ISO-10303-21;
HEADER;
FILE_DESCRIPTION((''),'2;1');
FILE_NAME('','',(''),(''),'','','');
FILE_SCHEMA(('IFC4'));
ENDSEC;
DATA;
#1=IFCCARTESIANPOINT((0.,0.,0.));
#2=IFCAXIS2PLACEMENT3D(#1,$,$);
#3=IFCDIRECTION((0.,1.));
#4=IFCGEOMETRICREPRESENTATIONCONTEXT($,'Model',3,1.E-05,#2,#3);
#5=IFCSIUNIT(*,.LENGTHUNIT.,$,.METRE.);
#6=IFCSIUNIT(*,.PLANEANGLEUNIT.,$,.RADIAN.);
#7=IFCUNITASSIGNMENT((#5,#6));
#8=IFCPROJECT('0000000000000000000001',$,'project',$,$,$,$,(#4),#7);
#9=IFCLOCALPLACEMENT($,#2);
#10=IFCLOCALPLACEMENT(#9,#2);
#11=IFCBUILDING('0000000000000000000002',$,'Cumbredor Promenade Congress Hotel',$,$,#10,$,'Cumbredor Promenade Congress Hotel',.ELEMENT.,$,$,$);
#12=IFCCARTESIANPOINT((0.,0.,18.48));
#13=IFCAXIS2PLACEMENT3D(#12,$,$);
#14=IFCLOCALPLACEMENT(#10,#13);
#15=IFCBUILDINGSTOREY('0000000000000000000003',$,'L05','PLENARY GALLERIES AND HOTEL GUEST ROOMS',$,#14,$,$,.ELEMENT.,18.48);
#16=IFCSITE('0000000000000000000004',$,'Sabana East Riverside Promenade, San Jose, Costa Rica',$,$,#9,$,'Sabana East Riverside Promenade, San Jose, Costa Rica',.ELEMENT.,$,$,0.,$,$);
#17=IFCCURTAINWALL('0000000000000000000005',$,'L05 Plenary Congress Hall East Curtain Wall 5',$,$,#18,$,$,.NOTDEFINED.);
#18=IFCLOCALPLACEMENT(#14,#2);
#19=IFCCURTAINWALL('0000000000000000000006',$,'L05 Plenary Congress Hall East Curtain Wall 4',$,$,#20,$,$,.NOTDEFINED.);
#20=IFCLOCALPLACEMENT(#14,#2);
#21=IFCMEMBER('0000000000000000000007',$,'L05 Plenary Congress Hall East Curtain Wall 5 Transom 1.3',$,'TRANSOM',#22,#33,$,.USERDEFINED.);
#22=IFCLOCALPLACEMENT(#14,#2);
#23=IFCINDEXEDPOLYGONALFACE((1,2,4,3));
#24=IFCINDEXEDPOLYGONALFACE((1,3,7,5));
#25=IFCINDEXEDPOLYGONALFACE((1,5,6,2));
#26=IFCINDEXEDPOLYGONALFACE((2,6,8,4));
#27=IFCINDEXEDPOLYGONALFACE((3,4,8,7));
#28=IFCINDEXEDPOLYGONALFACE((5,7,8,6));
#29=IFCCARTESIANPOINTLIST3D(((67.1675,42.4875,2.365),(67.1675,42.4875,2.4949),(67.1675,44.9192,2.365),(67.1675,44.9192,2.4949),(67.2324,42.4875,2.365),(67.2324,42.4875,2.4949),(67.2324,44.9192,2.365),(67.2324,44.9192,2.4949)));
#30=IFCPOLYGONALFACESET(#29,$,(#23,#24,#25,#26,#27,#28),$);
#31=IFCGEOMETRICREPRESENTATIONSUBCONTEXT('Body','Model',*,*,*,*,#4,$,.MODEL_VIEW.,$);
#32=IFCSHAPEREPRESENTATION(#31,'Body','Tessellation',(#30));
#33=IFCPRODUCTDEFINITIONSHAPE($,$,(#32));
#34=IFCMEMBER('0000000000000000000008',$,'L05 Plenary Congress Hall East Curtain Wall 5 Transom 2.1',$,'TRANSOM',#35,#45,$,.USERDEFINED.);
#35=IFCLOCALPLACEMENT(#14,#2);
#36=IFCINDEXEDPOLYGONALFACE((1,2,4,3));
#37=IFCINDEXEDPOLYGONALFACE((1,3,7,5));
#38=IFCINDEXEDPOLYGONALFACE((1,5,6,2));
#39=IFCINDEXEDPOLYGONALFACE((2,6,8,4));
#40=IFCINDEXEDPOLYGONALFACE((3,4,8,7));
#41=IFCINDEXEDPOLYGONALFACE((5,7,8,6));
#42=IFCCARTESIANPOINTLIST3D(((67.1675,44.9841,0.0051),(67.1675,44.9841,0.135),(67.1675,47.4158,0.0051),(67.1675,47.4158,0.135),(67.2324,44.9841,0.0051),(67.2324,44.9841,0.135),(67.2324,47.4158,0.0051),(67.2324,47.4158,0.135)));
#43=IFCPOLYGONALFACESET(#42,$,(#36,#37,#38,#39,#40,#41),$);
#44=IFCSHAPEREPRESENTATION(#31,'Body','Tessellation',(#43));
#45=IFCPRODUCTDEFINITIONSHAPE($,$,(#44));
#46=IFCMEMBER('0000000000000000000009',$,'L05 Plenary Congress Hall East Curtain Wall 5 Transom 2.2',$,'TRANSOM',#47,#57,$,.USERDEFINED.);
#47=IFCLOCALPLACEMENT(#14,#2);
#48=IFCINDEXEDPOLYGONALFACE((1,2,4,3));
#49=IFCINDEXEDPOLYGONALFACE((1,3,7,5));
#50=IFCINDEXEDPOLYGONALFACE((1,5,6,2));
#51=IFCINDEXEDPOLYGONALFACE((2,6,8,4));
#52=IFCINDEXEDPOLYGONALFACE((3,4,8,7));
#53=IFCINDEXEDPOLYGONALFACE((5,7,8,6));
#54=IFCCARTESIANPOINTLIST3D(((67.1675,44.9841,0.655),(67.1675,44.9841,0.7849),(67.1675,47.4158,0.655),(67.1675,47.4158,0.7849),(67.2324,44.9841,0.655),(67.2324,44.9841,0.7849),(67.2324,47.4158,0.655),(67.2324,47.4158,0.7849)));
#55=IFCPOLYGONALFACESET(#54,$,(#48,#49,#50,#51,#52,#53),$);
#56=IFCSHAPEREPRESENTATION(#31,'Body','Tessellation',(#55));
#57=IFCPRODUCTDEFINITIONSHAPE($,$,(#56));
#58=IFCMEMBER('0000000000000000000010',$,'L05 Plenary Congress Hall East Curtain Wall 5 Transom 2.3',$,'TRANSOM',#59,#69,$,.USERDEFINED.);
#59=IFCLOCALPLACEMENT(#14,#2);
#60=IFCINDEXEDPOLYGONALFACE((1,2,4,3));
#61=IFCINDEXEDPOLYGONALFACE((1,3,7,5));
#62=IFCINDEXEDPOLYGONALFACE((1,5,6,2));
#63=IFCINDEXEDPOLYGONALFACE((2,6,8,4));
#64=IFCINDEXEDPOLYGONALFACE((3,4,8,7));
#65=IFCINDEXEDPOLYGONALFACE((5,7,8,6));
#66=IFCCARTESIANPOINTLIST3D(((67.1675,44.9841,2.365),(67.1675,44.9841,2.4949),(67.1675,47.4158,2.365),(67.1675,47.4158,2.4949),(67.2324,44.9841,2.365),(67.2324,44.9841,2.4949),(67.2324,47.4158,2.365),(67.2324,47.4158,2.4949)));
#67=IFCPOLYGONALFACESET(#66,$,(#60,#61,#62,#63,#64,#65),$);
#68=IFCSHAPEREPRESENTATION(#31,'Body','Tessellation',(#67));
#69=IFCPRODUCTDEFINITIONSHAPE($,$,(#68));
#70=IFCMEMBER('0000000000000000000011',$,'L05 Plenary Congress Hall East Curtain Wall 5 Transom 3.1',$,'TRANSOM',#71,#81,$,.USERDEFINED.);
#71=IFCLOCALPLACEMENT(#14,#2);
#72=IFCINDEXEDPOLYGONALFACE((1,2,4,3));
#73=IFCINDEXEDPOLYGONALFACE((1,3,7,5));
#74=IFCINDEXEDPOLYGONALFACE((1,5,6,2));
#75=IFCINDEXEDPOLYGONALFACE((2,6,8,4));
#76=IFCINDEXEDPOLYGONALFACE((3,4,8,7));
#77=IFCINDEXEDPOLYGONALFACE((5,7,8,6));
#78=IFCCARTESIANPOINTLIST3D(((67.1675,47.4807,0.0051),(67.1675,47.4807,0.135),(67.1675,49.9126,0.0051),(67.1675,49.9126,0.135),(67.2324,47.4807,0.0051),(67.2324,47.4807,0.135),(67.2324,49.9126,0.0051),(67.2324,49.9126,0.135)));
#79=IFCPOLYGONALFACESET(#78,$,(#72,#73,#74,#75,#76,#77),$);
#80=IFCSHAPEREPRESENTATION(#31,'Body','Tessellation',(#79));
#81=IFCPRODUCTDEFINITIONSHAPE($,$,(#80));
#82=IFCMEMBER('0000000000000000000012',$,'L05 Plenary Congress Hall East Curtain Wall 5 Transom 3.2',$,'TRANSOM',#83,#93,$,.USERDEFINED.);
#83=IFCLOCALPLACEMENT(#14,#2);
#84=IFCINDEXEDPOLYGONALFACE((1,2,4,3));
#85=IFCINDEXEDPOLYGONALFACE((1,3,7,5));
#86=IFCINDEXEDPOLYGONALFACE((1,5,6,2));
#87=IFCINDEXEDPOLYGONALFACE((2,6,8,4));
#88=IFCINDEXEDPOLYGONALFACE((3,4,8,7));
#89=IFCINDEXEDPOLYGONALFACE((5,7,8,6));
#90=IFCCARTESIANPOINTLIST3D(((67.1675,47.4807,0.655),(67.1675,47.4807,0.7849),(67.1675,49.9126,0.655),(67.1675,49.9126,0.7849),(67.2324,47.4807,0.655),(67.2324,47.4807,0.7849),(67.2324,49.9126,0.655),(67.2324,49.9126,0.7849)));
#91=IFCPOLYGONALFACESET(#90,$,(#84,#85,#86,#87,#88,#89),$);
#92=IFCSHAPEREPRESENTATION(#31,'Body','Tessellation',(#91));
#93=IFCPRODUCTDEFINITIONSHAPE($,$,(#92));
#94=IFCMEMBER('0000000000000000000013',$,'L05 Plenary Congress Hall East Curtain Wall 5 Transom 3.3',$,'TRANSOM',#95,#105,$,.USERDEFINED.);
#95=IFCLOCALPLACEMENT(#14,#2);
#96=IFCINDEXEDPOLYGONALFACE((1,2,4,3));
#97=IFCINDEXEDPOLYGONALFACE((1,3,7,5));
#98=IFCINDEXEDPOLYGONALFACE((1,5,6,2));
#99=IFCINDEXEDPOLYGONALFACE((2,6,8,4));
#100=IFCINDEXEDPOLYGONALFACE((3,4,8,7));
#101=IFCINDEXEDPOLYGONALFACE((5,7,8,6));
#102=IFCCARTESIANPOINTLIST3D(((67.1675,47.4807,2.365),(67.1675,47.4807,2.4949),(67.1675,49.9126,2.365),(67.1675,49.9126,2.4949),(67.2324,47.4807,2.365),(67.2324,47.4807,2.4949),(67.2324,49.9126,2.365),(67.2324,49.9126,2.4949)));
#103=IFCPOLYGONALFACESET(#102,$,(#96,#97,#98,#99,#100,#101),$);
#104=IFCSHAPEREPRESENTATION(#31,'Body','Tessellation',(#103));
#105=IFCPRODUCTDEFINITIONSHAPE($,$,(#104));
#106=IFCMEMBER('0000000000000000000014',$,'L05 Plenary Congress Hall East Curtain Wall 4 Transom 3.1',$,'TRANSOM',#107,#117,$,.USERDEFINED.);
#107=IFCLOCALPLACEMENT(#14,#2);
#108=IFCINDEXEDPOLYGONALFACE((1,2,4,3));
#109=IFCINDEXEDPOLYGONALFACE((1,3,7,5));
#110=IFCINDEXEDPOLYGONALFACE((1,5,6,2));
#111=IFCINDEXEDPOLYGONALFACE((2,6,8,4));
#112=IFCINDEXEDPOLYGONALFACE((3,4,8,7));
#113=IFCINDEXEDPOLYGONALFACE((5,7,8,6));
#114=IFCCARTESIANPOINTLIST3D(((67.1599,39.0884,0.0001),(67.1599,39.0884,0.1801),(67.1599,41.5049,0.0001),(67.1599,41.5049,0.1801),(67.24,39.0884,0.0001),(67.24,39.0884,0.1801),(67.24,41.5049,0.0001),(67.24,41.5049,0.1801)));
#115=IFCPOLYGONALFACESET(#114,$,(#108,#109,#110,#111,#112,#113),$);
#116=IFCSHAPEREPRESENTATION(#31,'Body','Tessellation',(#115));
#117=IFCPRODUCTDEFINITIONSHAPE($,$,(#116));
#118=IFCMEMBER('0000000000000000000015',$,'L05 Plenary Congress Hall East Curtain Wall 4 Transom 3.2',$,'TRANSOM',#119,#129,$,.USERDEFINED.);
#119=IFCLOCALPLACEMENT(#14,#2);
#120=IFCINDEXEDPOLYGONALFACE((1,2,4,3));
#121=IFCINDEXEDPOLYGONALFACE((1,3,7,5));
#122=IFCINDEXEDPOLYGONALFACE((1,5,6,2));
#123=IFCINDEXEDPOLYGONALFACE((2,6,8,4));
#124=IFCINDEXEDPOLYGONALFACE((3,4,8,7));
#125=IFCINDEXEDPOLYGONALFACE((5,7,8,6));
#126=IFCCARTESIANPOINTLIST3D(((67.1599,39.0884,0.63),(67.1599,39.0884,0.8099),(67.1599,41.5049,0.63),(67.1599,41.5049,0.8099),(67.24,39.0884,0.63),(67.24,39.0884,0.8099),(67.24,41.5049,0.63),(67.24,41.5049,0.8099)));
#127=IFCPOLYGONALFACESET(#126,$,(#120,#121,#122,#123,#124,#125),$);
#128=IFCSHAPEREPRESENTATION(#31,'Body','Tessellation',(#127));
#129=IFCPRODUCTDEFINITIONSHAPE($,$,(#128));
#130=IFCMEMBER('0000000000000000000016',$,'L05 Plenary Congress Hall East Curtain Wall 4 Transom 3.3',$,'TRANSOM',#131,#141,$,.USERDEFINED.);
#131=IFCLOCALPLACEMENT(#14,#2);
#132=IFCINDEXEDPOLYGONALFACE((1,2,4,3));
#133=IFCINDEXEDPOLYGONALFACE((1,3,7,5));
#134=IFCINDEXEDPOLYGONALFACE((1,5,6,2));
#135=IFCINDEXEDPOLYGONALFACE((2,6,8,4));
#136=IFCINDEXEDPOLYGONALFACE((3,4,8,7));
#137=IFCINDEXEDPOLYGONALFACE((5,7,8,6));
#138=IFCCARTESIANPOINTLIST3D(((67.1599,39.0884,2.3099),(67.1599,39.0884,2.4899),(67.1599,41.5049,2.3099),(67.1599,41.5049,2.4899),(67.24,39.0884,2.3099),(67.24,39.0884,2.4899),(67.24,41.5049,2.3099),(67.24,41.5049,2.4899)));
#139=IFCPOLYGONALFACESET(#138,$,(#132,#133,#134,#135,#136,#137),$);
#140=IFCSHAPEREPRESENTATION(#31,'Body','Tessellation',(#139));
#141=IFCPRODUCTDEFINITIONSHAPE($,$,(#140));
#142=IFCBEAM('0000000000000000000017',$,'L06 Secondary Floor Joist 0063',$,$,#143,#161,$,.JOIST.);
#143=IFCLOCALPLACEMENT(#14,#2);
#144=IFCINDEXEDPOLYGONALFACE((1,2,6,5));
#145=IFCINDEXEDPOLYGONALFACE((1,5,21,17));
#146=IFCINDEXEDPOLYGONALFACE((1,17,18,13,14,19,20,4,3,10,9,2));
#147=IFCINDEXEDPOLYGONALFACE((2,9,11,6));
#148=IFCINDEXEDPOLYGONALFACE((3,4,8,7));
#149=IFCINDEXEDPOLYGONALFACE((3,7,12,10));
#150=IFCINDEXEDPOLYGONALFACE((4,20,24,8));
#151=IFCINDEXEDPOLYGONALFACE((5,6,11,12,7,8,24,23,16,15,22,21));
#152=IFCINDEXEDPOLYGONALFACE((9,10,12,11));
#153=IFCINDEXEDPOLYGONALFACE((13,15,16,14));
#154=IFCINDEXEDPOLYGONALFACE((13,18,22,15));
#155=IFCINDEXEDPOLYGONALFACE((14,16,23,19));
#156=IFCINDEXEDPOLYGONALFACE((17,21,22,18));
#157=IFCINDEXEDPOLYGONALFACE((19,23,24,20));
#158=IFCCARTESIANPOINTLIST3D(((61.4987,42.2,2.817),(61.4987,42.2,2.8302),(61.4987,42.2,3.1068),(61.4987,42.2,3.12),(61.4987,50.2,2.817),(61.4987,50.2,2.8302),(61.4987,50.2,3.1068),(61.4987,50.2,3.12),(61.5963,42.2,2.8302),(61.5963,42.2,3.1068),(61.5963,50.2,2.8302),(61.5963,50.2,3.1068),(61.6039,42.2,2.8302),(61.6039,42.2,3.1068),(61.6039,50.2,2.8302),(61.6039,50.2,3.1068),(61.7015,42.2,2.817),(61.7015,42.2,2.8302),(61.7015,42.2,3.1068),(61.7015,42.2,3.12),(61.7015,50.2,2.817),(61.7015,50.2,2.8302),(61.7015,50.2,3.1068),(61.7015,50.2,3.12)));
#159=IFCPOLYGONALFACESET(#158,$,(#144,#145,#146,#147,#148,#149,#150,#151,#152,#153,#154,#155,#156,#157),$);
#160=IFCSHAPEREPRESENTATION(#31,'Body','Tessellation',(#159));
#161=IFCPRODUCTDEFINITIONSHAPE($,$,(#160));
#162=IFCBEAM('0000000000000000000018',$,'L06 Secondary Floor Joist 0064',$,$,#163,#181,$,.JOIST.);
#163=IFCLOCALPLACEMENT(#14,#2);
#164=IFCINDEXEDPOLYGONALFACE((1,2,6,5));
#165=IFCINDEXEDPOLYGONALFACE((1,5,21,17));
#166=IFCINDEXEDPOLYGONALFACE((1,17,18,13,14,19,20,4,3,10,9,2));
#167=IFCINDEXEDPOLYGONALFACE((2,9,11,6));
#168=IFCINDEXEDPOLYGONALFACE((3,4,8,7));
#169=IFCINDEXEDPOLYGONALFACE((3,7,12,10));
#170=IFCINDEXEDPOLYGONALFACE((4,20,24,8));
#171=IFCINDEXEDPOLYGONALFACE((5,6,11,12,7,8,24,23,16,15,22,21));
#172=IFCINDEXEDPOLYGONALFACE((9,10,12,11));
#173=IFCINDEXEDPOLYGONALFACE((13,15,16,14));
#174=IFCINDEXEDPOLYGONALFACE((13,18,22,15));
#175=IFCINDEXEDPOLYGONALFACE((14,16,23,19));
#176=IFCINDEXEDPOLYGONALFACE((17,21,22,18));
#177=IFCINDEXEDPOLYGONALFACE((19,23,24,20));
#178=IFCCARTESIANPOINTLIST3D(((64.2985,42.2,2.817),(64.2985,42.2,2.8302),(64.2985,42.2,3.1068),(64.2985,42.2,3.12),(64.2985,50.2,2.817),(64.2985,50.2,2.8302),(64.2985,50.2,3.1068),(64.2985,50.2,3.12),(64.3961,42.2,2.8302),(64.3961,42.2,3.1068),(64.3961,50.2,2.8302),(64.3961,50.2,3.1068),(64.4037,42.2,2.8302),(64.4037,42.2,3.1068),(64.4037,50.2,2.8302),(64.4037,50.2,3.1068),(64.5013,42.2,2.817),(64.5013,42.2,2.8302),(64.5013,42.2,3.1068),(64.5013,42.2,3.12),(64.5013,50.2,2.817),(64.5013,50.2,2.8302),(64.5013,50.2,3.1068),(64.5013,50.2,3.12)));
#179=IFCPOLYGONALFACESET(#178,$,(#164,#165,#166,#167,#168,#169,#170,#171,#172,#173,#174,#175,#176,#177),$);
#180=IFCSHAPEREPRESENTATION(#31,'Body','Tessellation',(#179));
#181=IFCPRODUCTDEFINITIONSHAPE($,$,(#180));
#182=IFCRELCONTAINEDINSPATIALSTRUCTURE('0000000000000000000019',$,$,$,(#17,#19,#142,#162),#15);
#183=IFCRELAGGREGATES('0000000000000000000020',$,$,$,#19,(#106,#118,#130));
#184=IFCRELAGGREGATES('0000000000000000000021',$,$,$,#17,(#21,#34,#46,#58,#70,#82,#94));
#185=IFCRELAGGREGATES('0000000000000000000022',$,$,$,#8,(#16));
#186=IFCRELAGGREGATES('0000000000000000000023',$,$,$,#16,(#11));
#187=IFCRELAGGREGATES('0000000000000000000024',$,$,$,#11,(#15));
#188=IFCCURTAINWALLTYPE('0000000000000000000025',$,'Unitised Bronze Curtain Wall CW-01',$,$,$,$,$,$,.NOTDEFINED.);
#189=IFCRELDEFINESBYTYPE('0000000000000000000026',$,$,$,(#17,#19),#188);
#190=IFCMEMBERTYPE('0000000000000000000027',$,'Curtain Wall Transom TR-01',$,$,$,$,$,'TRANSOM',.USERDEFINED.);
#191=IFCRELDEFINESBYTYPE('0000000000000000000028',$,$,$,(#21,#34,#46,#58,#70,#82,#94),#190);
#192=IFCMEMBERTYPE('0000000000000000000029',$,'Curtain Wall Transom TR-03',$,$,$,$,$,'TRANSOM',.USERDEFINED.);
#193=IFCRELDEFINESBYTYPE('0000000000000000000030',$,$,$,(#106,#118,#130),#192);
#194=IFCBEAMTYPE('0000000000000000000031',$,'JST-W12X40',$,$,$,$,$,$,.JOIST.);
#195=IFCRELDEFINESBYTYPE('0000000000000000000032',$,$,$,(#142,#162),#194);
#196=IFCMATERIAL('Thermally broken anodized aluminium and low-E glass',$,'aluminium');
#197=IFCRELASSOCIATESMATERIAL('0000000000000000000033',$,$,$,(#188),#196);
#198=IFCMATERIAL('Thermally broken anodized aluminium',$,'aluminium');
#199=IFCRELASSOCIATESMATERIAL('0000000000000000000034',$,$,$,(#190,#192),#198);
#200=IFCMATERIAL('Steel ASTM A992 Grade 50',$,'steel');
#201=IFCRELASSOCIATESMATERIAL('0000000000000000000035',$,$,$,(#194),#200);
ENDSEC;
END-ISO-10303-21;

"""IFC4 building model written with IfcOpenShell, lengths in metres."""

from ifc_helpers import new_model, si_unit, direction, frame, origin, origin_2d, place, context, subcontext, project, spatial, rectangle, i_section, extrude, material, material_profile, profile_set, type_object, element, aggregate, save


model = new_model("IFC4")

# Units and contexts
model_context = context("Model", 3, precision=1e-05, world=origin(), true_north=direction((0.0, 1.0)))
body_context = subcontext(model_context, "Body", "Model", "MODEL_VIEW")
ifc_project = project(units=[si_unit("LENGTHUNIT", "METRE"), si_unit("PLANEANGLEUNIT", "RADIAN")], contexts=[model_context])

# Site, building, storey
site_placement = place(None, origin())
site = spatial("IfcSite", under=ifc_project, at=site_placement, Name="Sabana East Riverside Promenade, San Jose, Costa Rica", LongName="Sabana East Riverside Promenade, San Jose, Costa Rica", CompositionType="ELEMENT", RefElevation=0.0)
building_placement = place(site_placement, origin())
building = spatial("IfcBuilding", under=site, at=building_placement, Name="Cumbredor Promenade Congress Hotel", LongName="Cumbredor Promenade Congress Hotel", CompositionType="ELEMENT")
storey_placement = place(building_placement, frame((0.0, 0.0, 18.48)))
storey = spatial("IfcBuildingStorey", under=building, at=storey_placement, Name="L05", Description="PLENARY GALLERIES AND HOTEL GUEST ROOMS", CompositionType="ELEMENT", Elevation=18.48)

# Curtain walls
ifc_material_1 = material(Name="Thermally broken anodized aluminium and low-E glass", Category="aluminium")
curtain_wall_type = type_object("IfcCurtainWallType", Name="Unitised Bronze Curtain Wall CW-01", PredefinedType="NOTDEFINED", material=ifc_material_1)
curtain_wall_1_placement = place(storey_placement, origin())
curtain_wall_1 = element("IfcCurtainWall", 1, at=curtain_wall_1_placement, inside=storey, type_object=curtain_wall_type, Name="L05 Plenary Congress Hall East Curtain Wall 5", PredefinedType="NOTDEFINED")
ifc_material_2 = material(Name="Thermally broken anodized aluminium", Category="aluminium")
curtain_wall_2_placement = place(storey_placement, origin())
curtain_wall_2 = element("IfcCurtainWall", 2, at=curtain_wall_2_placement, inside=storey, type_object=curtain_wall_type, Name="L05 Plenary Congress Hall East Curtain Wall 4", PredefinedType="NOTDEFINED")

# Members
ifc_material_profile_1 = material_profile(ifc_material_2, rectangle(XDim=0.0649, YDim=0.1299, at=origin_2d()), Name="ALU TRANSOM 65x130")
ifc_profile_set_1 = profile_set([ifc_material_profile_1], Name="Thermally broken anodized aluminium")
member_type_1 = type_object("IfcMemberType", Name="Curtain Wall Transom TR-01", ElementType="TRANSOM", PredefinedType="USERDEFINED", material=ifc_profile_set_1)
member_1_placement = place(storey_placement, frame((67.2, 42.4875, 2.4299), z_axis=(0.0, 1.0, 0.0), x_axis=(-1.0, 0.0, 0.0)))
member_1 = element("IfcMember", 3, at=member_1_placement, type_object=member_type_1, Name="L05 Plenary Congress Hall East Curtain Wall 5 Transom 1.3", ObjectType="TRANSOM", PredefinedType="USERDEFINED", context=body_context, shape_type="SweptSolid", body=[
    extrude(rectangle(XDim=0.0649, YDim=0.1299, at=origin_2d()), origin(), (0.0, 0.0, 1.0), 2.4316),
])
member_2_placement = place(storey_placement, frame((67.2, 44.9841, 0.0701), z_axis=(0.0, 1.0, 0.0), x_axis=(-1.0, 0.0, 0.0)))
member_2 = element("IfcMember", 4, at=member_2_placement, type_object=member_type_1, Name="L05 Plenary Congress Hall East Curtain Wall 5 Transom 2.1", ObjectType="TRANSOM", PredefinedType="USERDEFINED", context=body_context, shape_type="SweptSolid", body=[
    extrude(rectangle(XDim=0.0649, YDim=0.1299, at=origin_2d()), origin(), (0.0, 0.0, 1.0), 2.4316),
])
member_3_placement = place(storey_placement, frame((67.2, 44.9841, 0.72), z_axis=(0.0, 1.0, 0.0), x_axis=(-1.0, 0.0, 0.0)))
member_3 = element("IfcMember", 5, at=member_3_placement, type_object=member_type_1, Name="L05 Plenary Congress Hall East Curtain Wall 5 Transom 2.2", ObjectType="TRANSOM", PredefinedType="USERDEFINED", context=body_context, shape_type="SweptSolid", body=[
    extrude(rectangle(XDim=0.0649, YDim=0.1299, at=origin_2d()), origin(), (0.0, 0.0, 1.0), 2.4316),
])
member_4_placement = place(storey_placement, frame((67.2, 44.9841, 2.4299), z_axis=(0.0, 1.0, 0.0), x_axis=(-1.0, 0.0, 0.0)))
member_4 = element("IfcMember", 6, at=member_4_placement, type_object=member_type_1, Name="L05 Plenary Congress Hall East Curtain Wall 5 Transom 2.3", ObjectType="TRANSOM", PredefinedType="USERDEFINED", context=body_context, shape_type="SweptSolid", body=[
    extrude(rectangle(XDim=0.0649, YDim=0.1299, at=origin_2d()), origin(), (0.0, 0.0, 1.0), 2.4316),
])
member_5_placement = place(storey_placement, frame((67.2, 47.4807, 0.0701), z_axis=(0.0, 1.0, 0.0), x_axis=(-1.0, 0.0, 0.0)))
member_5 = element("IfcMember", 7, at=member_5_placement, type_object=member_type_1, Name="L05 Plenary Congress Hall East Curtain Wall 5 Transom 3.1", ObjectType="TRANSOM", PredefinedType="USERDEFINED", context=body_context, shape_type="SweptSolid", body=[
    extrude(rectangle(XDim=0.0649, YDim=0.1299, at=origin_2d()), origin(), (0.0, 0.0, 1.0), 2.4319),
])
member_6_placement = place(storey_placement, frame((67.2, 47.4807, 0.72), z_axis=(0.0, 1.0, 0.0), x_axis=(-1.0, 0.0, 0.0)))
member_6 = element("IfcMember", 8, at=member_6_placement, type_object=member_type_1, Name="L05 Plenary Congress Hall East Curtain Wall 5 Transom 3.2", ObjectType="TRANSOM", PredefinedType="USERDEFINED", context=body_context, shape_type="SweptSolid", body=[
    extrude(rectangle(XDim=0.0649, YDim=0.1299, at=origin_2d()), origin(), (0.0, 0.0, 1.0), 2.4319),
])
member_7_placement = place(storey_placement, frame((67.2, 47.4807, 2.4299), z_axis=(0.0, 1.0, 0.0), x_axis=(-1.0, 0.0, 0.0)))
member_7 = element("IfcMember", 9, at=member_7_placement, type_object=member_type_1, Name="L05 Plenary Congress Hall East Curtain Wall 5 Transom 3.3", ObjectType="TRANSOM", PredefinedType="USERDEFINED", context=body_context, shape_type="SweptSolid", body=[
    extrude(rectangle(XDim=0.0649, YDim=0.1299, at=origin_2d()), origin(), (0.0, 0.0, 1.0), 2.4319),
])
ifc_material_profile_2 = material_profile(ifc_material_2, rectangle(XDim=0.0801, YDim=0.1799, at=origin_2d()), Name="ALU TRANSOM 80x180")
ifc_profile_set_2 = profile_set([ifc_material_profile_2], Name="Thermally broken anodized aluminium")
member_type_2 = type_object("IfcMemberType", Name="Curtain Wall Transom TR-03", ElementType="TRANSOM", PredefinedType="USERDEFINED", material=ifc_profile_set_2)
member_8_placement = place(storey_placement, frame((67.2, 39.0884, 0.0901), z_axis=(0.0, 1.0, 0.0), x_axis=(-1.0, 0.0, 0.0)))
member_8 = element("IfcMember", 10, at=member_8_placement, type_object=member_type_2, Name="L05 Plenary Congress Hall East Curtain Wall 4 Transom 3.1", ObjectType="TRANSOM", PredefinedType="USERDEFINED", context=body_context, shape_type="SweptSolid", body=[
    extrude(rectangle(XDim=0.0801, YDim=0.1799, at=origin_2d()), origin(), (0.0, 0.0, 1.0), 2.4165),
])
member_9_placement = place(storey_placement, frame((67.2, 39.0884, 0.72), z_axis=(0.0, 1.0, 0.0), x_axis=(-1.0, 0.0, 0.0)))
member_9 = element("IfcMember", 11, at=member_9_placement, type_object=member_type_2, Name="L05 Plenary Congress Hall East Curtain Wall 4 Transom 3.2", ObjectType="TRANSOM", PredefinedType="USERDEFINED", context=body_context, shape_type="SweptSolid", body=[
    extrude(rectangle(XDim=0.0801, YDim=0.1799, at=origin_2d()), origin(), (0.0, 0.0, 1.0), 2.4165),
])
member_10_placement = place(storey_placement, frame((67.2, 39.0884, 2.3999), z_axis=(0.0, 1.0, 0.0), x_axis=(-1.0, 0.0, 0.0)))
member_10 = element("IfcMember", 12, at=member_10_placement, type_object=member_type_2, Name="L05 Plenary Congress Hall East Curtain Wall 4 Transom 3.3", ObjectType="TRANSOM", PredefinedType="USERDEFINED", context=body_context, shape_type="SweptSolid", body=[
    extrude(rectangle(XDim=0.0801, YDim=0.1799, at=origin_2d()), origin(), (0.0, 0.0, 1.0), 2.4165),
])

# Beams
ifc_material_3 = material(Name="Steel ASTM A992 Grade 50", Category="steel")
ifc_material_profile_3 = material_profile(ifc_material_3, i_section(OverallWidth=0.2029, OverallDepth=0.303, WebThickness=0.0076, FlangeThickness=0.0132, at=origin_2d()), Name="W12X40")
ifc_profile_set_3 = profile_set([ifc_material_profile_3], Name="Steel ASTM A992 Grade 50")
beam_type_1 = type_object("IfcBeamType", Name="JST-W12X40", PredefinedType="JOIST", material=ifc_profile_set_3)
for number, where, z_axis, x_axis, name in (
    (13, (61.6001, 42.2, 2.9685), (0.0, 1.0, 0.0), (-1.0, 0.0, 0.0), "L06 Secondary Floor Joist 0063"),
    (14, (64.3999, 42.2, 2.9685), (0.0, 1.0, 0.0), (-1.0, 0.0, 0.0), "L06 Secondary Floor Joist 0064"),
):
    element("IfcBeam", number, at=place(storey_placement, frame(where, z_axis=z_axis, x_axis=x_axis)), inside=storey, type_object=beam_type_1, Name=name, PredefinedType="JOIST", context=body_context, shape_type="SweptSolid", body=[
        extrude(i_section(OverallWidth=0.2029, OverallDepth=0.303, WebThickness=0.0076, FlangeThickness=0.0132, at=origin_2d()), origin(), (0.0, 0.0, 1.0), 8.0),
    ])

aggregate(curtain_wall_2, [member_8, member_9, member_10])
aggregate(curtain_wall_1, [member_1, member_2, member_3, member_4, member_5, member_6, member_7])

save(model, "model.ifc")
